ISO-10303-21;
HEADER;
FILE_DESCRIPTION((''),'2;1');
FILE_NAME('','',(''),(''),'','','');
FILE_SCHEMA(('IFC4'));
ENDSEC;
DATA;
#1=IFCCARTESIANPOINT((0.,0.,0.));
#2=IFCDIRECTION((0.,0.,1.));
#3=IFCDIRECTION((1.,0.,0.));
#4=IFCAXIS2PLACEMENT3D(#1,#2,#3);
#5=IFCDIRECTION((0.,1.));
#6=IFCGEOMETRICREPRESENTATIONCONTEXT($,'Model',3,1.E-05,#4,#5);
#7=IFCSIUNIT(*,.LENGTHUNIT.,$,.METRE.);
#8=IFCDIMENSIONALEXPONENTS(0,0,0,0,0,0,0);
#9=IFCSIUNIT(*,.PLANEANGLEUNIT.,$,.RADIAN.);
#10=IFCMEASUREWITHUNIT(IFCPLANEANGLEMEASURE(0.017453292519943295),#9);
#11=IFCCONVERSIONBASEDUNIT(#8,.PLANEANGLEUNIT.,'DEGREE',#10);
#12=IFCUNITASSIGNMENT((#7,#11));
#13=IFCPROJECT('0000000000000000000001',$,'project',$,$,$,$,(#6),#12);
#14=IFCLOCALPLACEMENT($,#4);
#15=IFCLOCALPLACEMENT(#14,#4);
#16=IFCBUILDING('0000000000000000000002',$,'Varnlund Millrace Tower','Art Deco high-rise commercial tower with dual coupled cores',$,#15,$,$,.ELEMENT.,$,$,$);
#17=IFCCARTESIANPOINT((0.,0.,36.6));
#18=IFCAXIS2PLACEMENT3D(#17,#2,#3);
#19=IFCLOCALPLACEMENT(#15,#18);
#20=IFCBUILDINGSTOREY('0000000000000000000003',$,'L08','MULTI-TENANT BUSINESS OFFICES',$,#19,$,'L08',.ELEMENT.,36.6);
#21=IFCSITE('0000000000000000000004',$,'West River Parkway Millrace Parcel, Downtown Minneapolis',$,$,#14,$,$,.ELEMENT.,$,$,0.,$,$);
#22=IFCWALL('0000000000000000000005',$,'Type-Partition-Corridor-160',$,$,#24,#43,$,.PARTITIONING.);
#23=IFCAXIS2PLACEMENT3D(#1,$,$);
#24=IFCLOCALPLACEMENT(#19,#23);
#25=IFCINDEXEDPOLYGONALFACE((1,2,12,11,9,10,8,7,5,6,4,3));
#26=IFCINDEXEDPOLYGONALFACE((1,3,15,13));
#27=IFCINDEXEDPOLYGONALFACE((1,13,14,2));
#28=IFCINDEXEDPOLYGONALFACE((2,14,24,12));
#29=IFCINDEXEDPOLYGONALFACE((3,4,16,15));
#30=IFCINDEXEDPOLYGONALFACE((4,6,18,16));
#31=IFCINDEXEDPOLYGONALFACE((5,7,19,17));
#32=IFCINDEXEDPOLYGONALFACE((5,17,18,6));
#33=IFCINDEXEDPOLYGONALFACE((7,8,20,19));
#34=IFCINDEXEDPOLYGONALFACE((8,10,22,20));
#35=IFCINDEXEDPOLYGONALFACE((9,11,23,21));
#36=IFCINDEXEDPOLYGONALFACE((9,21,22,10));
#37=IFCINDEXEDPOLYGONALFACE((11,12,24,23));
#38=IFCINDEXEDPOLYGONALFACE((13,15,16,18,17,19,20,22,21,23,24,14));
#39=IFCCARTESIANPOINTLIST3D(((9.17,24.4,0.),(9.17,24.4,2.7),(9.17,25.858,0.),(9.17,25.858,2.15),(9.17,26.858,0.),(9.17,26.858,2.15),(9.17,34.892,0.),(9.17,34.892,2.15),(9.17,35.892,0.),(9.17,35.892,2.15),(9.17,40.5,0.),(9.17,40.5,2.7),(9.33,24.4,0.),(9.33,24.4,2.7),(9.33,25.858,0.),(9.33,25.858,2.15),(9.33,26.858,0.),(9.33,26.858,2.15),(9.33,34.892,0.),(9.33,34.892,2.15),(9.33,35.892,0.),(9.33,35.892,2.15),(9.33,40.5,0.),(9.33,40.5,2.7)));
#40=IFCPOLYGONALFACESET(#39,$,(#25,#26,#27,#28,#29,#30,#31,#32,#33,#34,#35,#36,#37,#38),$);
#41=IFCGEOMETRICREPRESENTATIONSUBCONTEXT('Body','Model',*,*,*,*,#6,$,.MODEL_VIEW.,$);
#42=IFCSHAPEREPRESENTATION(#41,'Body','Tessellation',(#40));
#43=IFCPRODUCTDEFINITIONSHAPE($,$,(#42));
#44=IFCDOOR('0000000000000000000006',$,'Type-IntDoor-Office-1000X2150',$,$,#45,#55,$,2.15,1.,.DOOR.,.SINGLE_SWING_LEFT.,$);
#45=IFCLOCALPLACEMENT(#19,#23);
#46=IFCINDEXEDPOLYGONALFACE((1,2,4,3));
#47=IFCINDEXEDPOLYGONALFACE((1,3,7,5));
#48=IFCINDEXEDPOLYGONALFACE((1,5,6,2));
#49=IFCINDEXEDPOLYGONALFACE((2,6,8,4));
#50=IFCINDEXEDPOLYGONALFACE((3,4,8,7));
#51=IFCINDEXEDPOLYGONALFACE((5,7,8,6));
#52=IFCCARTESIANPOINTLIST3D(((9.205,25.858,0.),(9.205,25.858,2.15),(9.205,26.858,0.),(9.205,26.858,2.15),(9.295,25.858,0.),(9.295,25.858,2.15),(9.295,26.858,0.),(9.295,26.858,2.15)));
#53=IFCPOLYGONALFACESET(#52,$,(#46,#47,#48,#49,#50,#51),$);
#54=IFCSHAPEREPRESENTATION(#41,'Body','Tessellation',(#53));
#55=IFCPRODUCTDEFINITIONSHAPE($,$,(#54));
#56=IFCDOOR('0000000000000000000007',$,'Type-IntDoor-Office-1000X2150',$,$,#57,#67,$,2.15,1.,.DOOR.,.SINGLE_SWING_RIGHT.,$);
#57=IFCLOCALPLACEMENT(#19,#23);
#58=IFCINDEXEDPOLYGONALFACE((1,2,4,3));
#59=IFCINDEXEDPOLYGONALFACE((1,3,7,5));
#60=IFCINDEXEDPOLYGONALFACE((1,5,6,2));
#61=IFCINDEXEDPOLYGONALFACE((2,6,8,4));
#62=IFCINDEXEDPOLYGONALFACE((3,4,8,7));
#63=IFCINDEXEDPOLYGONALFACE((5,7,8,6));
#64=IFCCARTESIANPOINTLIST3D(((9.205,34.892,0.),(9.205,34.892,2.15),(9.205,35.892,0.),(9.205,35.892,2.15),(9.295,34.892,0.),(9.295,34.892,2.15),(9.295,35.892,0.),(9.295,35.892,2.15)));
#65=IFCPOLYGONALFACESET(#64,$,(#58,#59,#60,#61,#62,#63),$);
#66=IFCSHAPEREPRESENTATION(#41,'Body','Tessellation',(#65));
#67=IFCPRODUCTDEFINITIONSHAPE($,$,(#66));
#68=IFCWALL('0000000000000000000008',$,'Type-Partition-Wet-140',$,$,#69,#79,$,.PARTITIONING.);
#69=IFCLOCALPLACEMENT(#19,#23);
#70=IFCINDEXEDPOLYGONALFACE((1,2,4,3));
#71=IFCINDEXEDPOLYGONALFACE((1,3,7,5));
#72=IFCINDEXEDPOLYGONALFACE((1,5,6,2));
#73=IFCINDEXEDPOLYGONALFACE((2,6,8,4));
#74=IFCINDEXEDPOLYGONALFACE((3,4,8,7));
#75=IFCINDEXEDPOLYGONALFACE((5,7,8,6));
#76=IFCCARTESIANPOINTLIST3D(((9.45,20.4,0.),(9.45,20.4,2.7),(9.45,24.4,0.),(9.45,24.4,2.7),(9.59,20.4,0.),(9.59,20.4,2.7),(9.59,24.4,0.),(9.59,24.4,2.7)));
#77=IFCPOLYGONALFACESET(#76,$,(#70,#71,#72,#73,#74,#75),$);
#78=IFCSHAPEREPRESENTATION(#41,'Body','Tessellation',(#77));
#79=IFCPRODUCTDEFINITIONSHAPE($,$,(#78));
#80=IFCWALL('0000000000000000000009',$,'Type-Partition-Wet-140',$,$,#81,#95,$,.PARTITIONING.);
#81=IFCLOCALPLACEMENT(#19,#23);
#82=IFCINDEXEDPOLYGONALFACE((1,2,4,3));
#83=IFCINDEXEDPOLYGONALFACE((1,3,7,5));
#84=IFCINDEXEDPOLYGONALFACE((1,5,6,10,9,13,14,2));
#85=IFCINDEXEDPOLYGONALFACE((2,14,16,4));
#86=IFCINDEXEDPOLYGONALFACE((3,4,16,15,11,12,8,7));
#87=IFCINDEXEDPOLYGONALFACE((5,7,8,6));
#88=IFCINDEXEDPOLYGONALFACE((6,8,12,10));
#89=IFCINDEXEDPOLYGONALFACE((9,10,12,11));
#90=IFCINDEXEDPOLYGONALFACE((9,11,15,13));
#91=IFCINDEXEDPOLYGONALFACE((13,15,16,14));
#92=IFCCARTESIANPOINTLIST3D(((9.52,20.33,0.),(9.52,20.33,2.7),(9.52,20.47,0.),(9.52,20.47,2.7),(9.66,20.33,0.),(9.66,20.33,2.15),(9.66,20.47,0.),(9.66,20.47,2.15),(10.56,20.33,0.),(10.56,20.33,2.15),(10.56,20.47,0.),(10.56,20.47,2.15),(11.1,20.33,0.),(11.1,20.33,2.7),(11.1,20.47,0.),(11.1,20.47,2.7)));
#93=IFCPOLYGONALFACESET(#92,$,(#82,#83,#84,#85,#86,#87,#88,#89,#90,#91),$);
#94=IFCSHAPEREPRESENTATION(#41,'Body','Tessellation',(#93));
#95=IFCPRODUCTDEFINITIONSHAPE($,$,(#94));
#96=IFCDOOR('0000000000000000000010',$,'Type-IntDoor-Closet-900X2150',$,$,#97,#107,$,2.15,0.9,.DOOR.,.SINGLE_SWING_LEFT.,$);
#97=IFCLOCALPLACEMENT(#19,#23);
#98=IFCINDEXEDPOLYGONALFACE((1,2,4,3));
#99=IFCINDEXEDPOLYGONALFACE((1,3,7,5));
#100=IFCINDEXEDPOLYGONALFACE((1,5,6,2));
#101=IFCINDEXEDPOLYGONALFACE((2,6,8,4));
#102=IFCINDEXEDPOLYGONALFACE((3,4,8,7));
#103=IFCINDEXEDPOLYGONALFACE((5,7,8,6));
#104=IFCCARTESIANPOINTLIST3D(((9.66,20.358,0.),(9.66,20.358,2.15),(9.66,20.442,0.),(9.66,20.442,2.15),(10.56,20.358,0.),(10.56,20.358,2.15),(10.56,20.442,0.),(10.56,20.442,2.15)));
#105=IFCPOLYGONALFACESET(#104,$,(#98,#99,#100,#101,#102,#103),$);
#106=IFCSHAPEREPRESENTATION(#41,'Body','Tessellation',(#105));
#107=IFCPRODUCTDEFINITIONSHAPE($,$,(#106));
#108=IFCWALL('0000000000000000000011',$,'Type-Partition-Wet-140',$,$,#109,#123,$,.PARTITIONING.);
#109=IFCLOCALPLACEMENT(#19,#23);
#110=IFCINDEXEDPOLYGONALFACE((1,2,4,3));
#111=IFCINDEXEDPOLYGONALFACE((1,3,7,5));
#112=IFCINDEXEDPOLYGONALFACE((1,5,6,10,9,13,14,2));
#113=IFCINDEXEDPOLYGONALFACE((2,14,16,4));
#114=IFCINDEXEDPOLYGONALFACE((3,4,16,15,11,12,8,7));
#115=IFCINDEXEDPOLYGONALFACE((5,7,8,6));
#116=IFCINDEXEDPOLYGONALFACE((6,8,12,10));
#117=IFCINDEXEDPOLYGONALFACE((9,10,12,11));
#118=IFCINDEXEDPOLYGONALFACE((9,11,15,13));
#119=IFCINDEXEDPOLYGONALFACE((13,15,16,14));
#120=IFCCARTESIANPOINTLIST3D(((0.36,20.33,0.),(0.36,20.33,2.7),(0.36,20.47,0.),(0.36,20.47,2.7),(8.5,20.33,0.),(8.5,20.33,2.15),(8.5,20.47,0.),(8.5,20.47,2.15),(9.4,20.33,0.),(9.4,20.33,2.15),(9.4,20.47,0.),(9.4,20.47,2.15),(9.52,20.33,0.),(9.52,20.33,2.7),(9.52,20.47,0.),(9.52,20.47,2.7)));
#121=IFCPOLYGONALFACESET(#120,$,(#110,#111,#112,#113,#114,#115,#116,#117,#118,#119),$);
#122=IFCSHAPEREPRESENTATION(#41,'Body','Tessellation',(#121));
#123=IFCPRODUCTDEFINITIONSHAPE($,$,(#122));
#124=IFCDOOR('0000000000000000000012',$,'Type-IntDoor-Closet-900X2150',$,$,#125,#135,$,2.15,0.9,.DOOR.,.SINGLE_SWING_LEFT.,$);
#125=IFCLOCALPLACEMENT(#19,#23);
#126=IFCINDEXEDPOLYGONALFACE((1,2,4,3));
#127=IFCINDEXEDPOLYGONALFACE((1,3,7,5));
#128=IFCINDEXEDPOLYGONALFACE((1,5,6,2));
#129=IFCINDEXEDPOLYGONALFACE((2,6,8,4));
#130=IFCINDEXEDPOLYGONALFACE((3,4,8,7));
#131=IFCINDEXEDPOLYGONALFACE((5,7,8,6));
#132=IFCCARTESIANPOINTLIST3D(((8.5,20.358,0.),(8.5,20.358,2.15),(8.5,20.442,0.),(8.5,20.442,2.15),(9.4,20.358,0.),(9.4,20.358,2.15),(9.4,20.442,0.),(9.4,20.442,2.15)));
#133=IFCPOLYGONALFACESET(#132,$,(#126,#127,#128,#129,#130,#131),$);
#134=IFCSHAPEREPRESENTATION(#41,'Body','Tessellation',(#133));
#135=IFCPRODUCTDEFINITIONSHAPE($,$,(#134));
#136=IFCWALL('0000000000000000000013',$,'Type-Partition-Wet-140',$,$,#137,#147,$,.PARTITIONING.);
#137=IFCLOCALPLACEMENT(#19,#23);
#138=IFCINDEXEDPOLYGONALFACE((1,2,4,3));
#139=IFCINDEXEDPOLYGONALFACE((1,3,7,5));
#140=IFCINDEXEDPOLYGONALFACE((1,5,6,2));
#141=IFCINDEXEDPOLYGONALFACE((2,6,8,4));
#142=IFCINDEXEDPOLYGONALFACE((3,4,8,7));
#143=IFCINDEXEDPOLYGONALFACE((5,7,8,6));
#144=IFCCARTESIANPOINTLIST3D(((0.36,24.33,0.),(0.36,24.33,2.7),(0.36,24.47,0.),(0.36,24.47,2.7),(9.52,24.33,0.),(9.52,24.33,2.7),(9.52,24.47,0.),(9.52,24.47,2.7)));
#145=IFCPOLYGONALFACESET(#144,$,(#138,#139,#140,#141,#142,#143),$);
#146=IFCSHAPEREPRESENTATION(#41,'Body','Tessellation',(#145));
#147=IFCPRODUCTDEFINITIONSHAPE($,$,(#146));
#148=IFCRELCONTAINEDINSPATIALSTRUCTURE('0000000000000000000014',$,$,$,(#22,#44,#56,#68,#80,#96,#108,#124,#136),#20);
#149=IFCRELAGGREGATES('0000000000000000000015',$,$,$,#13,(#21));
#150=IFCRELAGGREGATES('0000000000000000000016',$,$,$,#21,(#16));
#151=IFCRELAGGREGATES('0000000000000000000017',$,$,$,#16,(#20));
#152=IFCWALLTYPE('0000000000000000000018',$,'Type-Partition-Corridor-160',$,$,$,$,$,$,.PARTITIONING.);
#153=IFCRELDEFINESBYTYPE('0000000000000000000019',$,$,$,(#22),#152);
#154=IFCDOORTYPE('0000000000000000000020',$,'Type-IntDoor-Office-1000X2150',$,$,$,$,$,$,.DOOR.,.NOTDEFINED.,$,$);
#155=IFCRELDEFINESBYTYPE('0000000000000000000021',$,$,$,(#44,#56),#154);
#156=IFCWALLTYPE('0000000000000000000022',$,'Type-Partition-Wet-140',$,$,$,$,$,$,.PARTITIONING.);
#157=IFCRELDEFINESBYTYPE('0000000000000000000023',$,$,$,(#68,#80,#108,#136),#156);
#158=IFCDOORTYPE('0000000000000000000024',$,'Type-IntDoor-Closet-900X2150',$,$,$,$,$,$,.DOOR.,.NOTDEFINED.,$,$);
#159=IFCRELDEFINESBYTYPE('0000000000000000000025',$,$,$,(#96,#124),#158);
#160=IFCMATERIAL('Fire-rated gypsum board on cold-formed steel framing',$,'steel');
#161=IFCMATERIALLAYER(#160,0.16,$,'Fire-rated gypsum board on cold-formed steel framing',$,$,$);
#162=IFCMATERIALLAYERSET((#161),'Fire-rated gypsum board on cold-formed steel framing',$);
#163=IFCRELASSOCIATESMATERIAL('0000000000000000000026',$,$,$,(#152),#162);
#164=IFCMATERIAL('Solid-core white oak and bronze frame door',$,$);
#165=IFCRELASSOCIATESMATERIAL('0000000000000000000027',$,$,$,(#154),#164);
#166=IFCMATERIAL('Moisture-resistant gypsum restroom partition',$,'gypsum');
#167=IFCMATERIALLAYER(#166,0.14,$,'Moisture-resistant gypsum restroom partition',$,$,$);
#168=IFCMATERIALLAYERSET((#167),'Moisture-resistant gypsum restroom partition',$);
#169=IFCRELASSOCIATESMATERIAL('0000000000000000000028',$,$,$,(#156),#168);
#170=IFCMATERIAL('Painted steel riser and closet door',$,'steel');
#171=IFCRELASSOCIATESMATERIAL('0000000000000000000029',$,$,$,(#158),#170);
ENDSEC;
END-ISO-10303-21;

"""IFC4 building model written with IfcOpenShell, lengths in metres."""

from ifc_helpers import new_model, entity, si_unit, converted_unit, direction, frame, origin_with_axes, origin_2d_with_axis, place, context, subcontext, project, spatial, polyline, rectangle, outline, extrude, material, layer, layer_set, type_object, element, fill, save


model = new_model("IFC4")

# Units and contexts
model_context = context("Model", 3, precision=1e-05, world=origin_with_axes(), true_north=direction((0.0, 1.0)))
body_context = subcontext(model_context, "Body", "Model", "MODEL_VIEW")
ifc_project = project(units=[si_unit("LENGTHUNIT", "METRE"), converted_unit("PLANEANGLEUNIT", "DEGREE", entity("IfcPlaneAngleMeasure", 0.017453292519943295), si_unit("PLANEANGLEUNIT", "RADIAN"), dimensions=[0, 0, 0, 0, 0, 0, 0])], contexts=[model_context])

# Site, building, storey
site_placement = place(None, origin_with_axes())
site = spatial("IfcSite", under=ifc_project, at=site_placement, Name="West River Parkway Millrace Parcel, Downtown Minneapolis", CompositionType="ELEMENT", RefElevation=0.0)
building_placement = place(site_placement, origin_with_axes())
building = spatial("IfcBuilding", under=site, at=building_placement, Name="Varnlund Millrace Tower", Description="Art Deco high-rise commercial tower with dual coupled cores", CompositionType="ELEMENT")
storey_placement = place(building_placement, frame((0.0, 0.0, 36.6), z_axis=(0.0, 0.0, 1.0), x_axis=(1.0, 0.0, 0.0)))
storey = spatial("IfcBuildingStorey", under=building, at=storey_placement, Name="L08", Description="MULTI-TENANT BUSINESS OFFICES", LongName="L08", CompositionType="ELEMENT", Elevation=36.6)

# Wall, openings, doors
ifc_material_1 = material(Name="Fire-rated gypsum board on cold-formed steel framing", Category="steel")
ifc_layer_1 = layer(ifc_material_1, 0.16, Name="Fire-rated gypsum board on cold-formed steel framing")
ifc_layer_set_1 = layer_set([ifc_layer_1], Name="Fire-rated gypsum board on cold-formed steel framing")
wall_type_1 = type_object("IfcWallType", Name="Type-Partition-Corridor-160", PredefinedType="PARTITIONING", material=ifc_layer_set_1)
wall_1_placement = place(storey_placement, frame((9.25, 24.4, 0.0), z_axis=(0.0, 0.0, 1.0), x_axis=(0.0, 1.0, 0.0)))
wall_1 = element("IfcWall", 1, at=wall_1_placement, inside=storey, type_object=wall_type_1, Name="Type-Partition-Corridor-160", PredefinedType="PARTITIONING", context=body_context, shape_type="SweptSolid", body=[
    extrude(outline(polyline([(0.0, -0.08), (16.1, -0.08), (16.1, 0.08), (0.0, 0.08), (0.0, -0.08)])), origin_with_axes(), (0.0, 0.0, 1.0), 2.7),
])
opening_1_placement = place(wall_1_placement, frame((1.958, 0.0, 0.0), z_axis=(0.0, 0.0, 1.0), x_axis=(1.0, 0.0, 0.0)))
opening_1 = element("IfcOpeningElement", 2, at=opening_1_placement, cuts=wall_1, PredefinedType="OPENING", context=body_context, shape_type="SweptSolid", body=[
    extrude(rectangle(XDim=1.0, YDim=0.18, at=origin_2d_with_axis()), origin_with_axes(), (0.0, 0.0, 1.0), 2.15),
])
opening_2_placement = place(wall_1_placement, frame((10.992, 0.0, 0.0), z_axis=(0.0, 0.0, 1.0), x_axis=(1.0, 0.0, 0.0)))
opening_2 = element("IfcOpeningElement", 3, at=opening_2_placement, cuts=wall_1, PredefinedType="OPENING", context=body_context, shape_type="SweptSolid", body=[
    extrude(rectangle(XDim=1.0, YDim=0.18, at=origin_2d_with_axis()), origin_with_axes(), (0.0, 0.0, 1.0), 2.15),
])
ifc_material_2 = material(Name="Solid-core white oak and bronze frame door")
door_type_1 = type_object("IfcDoorType", Name="Type-IntDoor-Office-1000X2150", OperationType="NOTDEFINED", PredefinedType="DOOR", material=ifc_material_2)
door_1_placement = place(wall_1_placement, frame((1.958, 0.0, 0.0), z_axis=(0.0, 0.0, 1.0), x_axis=(1.0, 0.0, 0.0)))
door_1 = element("IfcDoor", 4, at=door_1_placement, inside=storey, type_object=door_type_1, Name="Type-IntDoor-Office-1000X2150", OperationType="SINGLE_SWING_LEFT", OverallHeight=2.15, OverallWidth=1.0, PredefinedType="DOOR", context=body_context, shape_type="SweptSolid", body=[
    extrude(rectangle(XDim=1.0, YDim=0.09, at=origin_2d_with_axis()), origin_with_axes(), (0.0, 0.0, 1.0), 2.15),
])
fill(opening_1, door_1)
door_2_placement = place(wall_1_placement, frame((10.992, 0.0, 0.0), z_axis=(0.0, 0.0, 1.0), x_axis=(1.0, 0.0, 0.0)))
door_2 = element("IfcDoor", 5, at=door_2_placement, inside=storey, type_object=door_type_1, Name="Type-IntDoor-Office-1000X2150", OperationType="SINGLE_SWING_RIGHT", OverallHeight=2.15, OverallWidth=1.0, PredefinedType="DOOR", context=body_context, shape_type="SweptSolid", body=[
    extrude(rectangle(XDim=1.0, YDim=0.09, at=origin_2d_with_axis()), origin_with_axes(), (0.0, 0.0, 1.0), 2.15),
])
fill(opening_2, door_2)

# Wall
ifc_material_3 = material(Name="Moisture-resistant gypsum restroom partition", Category="gypsum")
ifc_layer_2 = layer(ifc_material_3, 0.14, Name="Moisture-resistant gypsum restroom partition")
ifc_layer_set_2 = layer_set([ifc_layer_2], Name="Moisture-resistant gypsum restroom partition")
wall_type_2 = type_object("IfcWallType", Name="Type-Partition-Wet-140", PredefinedType="PARTITIONING", material=ifc_layer_set_2)
wall_2_placement = place(storey_placement, frame((9.52, 20.4, 0.0), z_axis=(0.0, 0.0, 1.0), x_axis=(0.0, 1.0, 0.0)))
element("IfcWall", 6, at=wall_2_placement, inside=storey, type_object=wall_type_2, Name="Type-Partition-Wet-140", PredefinedType="PARTITIONING", context=body_context, shape_type="SweptSolid", body=[
    extrude(outline(polyline([(0.0, -0.07), (4.0, -0.07), (4.0, 0.07), (0.0, 0.07), (0.0, -0.07)])), origin_with_axes(), (0.0, 0.0, 1.0), 2.7),
])

# Walls, openings, doors
wall_3_placement = place(storey_placement, frame((9.52, 20.4, 0.0), z_axis=(0.0, 0.0, 1.0), x_axis=(1.0, 0.0, 0.0)))
wall_3 = element("IfcWall", 7, at=wall_3_placement, inside=storey, type_object=wall_type_2, Name="Type-Partition-Wet-140", PredefinedType="PARTITIONING", context=body_context, shape_type="SweptSolid", body=[
    extrude(outline(polyline([(0.0, -0.07), (1.58, -0.07), (1.58, 0.07), (0.0, 0.07), (0.0, -0.07)])), origin_with_axes(), (0.0, 0.0, 1.0), 2.7),
])
opening_3_placement = place(wall_3_placement, frame((0.59, 0.0, 0.0), z_axis=(0.0, 0.0, 1.0), x_axis=(1.0, 0.0, 0.0)))
opening_3 = element("IfcOpeningElement", 8, at=opening_3_placement, cuts=wall_3, PredefinedType="OPENING", context=body_context, shape_type="SweptSolid", body=[
    extrude(rectangle(XDim=0.9, YDim=0.16, at=origin_2d_with_axis()), origin_with_axes(), (0.0, 0.0, 1.0), 2.15),
])
ifc_material_4 = material(Name="Painted steel riser and closet door", Category="steel")
door_type_2 = type_object("IfcDoorType", Name="Type-IntDoor-Closet-900X2150", OperationType="NOTDEFINED", PredefinedType="DOOR", material=ifc_material_4)
door_3_placement = place(wall_3_placement, frame((0.59, 0.0, 0.0), z_axis=(0.0, 0.0, 1.0), x_axis=(1.0, 0.0, 0.0)))
door_3 = element("IfcDoor", 9, at=door_3_placement, inside=storey, type_object=door_type_2, Name="Type-IntDoor-Closet-900X2150", OperationType="SINGLE_SWING_LEFT", OverallHeight=2.15, OverallWidth=0.9, PredefinedType="DOOR", context=body_context, shape_type="SweptSolid", body=[
    extrude(rectangle(XDim=0.9, YDim=0.084, at=origin_2d_with_axis()), origin_with_axes(), (0.0, 0.0, 1.0), 2.15),
])
fill(opening_3, door_3)
wall_4_placement = place(storey_placement, frame((0.36, 20.4, 0.0), z_axis=(0.0, 0.0, 1.0), x_axis=(1.0, 0.0, 0.0)))
wall_4 = element("IfcWall", 10, at=wall_4_placement, inside=storey, type_object=wall_type_2, Name="Type-Partition-Wet-140", PredefinedType="PARTITIONING", context=body_context, shape_type="SweptSolid", body=[
    extrude(outline(polyline([(0.0, -0.07), (9.16, -0.07), (9.16, 0.07), (0.0, 0.07), (0.0, -0.07)])), origin_with_axes(), (0.0, 0.0, 1.0), 2.7),
])
opening_4_placement = place(wall_4_placement, frame((8.59, 0.0, 0.0), z_axis=(0.0, 0.0, 1.0), x_axis=(1.0, 0.0, 0.0)))
opening_4 = element("IfcOpeningElement", 11, at=opening_4_placement, cuts=wall_4, PredefinedType="OPENING", context=body_context, shape_type="SweptSolid", body=[
    extrude(rectangle(XDim=0.9, YDim=0.16, at=origin_2d_with_axis()), origin_with_axes(), (0.0, 0.0, 1.0), 2.15),
])
door_4_placement = place(wall_4_placement, frame((8.59, 0.0, 0.0), z_axis=(0.0, 0.0, 1.0), x_axis=(1.0, 0.0, 0.0)))
door_4 = element("IfcDoor", 12, at=door_4_placement, inside=storey, type_object=door_type_2, Name="Type-IntDoor-Closet-900X2150", OperationType="SINGLE_SWING_LEFT", OverallHeight=2.15, OverallWidth=0.9, PredefinedType="DOOR", context=body_context, shape_type="SweptSolid", body=[
    extrude(rectangle(XDim=0.9, YDim=0.084, at=origin_2d_with_axis()), origin_with_axes(), (0.0, 0.0, 1.0), 2.15),
])
fill(opening_4, door_4)

# Wall
wall_5_placement = place(storey_placement, frame((0.36, 24.4, 0.0), z_axis=(0.0, 0.0, 1.0), x_axis=(1.0, 0.0, 0.0)))
element("IfcWall", 13, at=wall_5_placement, inside=storey, type_object=wall_type_2, Name="Type-Partition-Wet-140", PredefinedType="PARTITIONING", context=body_context, shape_type="SweptSolid", body=[
    extrude(outline(polyline([(0.0, -0.07), (9.16, -0.07), (9.16, 0.07), (0.0, 0.07), (0.0, -0.07)])), origin_with_axes(), (0.0, 0.0, 1.0), 2.7),
])

save(model, "model.ifc")
